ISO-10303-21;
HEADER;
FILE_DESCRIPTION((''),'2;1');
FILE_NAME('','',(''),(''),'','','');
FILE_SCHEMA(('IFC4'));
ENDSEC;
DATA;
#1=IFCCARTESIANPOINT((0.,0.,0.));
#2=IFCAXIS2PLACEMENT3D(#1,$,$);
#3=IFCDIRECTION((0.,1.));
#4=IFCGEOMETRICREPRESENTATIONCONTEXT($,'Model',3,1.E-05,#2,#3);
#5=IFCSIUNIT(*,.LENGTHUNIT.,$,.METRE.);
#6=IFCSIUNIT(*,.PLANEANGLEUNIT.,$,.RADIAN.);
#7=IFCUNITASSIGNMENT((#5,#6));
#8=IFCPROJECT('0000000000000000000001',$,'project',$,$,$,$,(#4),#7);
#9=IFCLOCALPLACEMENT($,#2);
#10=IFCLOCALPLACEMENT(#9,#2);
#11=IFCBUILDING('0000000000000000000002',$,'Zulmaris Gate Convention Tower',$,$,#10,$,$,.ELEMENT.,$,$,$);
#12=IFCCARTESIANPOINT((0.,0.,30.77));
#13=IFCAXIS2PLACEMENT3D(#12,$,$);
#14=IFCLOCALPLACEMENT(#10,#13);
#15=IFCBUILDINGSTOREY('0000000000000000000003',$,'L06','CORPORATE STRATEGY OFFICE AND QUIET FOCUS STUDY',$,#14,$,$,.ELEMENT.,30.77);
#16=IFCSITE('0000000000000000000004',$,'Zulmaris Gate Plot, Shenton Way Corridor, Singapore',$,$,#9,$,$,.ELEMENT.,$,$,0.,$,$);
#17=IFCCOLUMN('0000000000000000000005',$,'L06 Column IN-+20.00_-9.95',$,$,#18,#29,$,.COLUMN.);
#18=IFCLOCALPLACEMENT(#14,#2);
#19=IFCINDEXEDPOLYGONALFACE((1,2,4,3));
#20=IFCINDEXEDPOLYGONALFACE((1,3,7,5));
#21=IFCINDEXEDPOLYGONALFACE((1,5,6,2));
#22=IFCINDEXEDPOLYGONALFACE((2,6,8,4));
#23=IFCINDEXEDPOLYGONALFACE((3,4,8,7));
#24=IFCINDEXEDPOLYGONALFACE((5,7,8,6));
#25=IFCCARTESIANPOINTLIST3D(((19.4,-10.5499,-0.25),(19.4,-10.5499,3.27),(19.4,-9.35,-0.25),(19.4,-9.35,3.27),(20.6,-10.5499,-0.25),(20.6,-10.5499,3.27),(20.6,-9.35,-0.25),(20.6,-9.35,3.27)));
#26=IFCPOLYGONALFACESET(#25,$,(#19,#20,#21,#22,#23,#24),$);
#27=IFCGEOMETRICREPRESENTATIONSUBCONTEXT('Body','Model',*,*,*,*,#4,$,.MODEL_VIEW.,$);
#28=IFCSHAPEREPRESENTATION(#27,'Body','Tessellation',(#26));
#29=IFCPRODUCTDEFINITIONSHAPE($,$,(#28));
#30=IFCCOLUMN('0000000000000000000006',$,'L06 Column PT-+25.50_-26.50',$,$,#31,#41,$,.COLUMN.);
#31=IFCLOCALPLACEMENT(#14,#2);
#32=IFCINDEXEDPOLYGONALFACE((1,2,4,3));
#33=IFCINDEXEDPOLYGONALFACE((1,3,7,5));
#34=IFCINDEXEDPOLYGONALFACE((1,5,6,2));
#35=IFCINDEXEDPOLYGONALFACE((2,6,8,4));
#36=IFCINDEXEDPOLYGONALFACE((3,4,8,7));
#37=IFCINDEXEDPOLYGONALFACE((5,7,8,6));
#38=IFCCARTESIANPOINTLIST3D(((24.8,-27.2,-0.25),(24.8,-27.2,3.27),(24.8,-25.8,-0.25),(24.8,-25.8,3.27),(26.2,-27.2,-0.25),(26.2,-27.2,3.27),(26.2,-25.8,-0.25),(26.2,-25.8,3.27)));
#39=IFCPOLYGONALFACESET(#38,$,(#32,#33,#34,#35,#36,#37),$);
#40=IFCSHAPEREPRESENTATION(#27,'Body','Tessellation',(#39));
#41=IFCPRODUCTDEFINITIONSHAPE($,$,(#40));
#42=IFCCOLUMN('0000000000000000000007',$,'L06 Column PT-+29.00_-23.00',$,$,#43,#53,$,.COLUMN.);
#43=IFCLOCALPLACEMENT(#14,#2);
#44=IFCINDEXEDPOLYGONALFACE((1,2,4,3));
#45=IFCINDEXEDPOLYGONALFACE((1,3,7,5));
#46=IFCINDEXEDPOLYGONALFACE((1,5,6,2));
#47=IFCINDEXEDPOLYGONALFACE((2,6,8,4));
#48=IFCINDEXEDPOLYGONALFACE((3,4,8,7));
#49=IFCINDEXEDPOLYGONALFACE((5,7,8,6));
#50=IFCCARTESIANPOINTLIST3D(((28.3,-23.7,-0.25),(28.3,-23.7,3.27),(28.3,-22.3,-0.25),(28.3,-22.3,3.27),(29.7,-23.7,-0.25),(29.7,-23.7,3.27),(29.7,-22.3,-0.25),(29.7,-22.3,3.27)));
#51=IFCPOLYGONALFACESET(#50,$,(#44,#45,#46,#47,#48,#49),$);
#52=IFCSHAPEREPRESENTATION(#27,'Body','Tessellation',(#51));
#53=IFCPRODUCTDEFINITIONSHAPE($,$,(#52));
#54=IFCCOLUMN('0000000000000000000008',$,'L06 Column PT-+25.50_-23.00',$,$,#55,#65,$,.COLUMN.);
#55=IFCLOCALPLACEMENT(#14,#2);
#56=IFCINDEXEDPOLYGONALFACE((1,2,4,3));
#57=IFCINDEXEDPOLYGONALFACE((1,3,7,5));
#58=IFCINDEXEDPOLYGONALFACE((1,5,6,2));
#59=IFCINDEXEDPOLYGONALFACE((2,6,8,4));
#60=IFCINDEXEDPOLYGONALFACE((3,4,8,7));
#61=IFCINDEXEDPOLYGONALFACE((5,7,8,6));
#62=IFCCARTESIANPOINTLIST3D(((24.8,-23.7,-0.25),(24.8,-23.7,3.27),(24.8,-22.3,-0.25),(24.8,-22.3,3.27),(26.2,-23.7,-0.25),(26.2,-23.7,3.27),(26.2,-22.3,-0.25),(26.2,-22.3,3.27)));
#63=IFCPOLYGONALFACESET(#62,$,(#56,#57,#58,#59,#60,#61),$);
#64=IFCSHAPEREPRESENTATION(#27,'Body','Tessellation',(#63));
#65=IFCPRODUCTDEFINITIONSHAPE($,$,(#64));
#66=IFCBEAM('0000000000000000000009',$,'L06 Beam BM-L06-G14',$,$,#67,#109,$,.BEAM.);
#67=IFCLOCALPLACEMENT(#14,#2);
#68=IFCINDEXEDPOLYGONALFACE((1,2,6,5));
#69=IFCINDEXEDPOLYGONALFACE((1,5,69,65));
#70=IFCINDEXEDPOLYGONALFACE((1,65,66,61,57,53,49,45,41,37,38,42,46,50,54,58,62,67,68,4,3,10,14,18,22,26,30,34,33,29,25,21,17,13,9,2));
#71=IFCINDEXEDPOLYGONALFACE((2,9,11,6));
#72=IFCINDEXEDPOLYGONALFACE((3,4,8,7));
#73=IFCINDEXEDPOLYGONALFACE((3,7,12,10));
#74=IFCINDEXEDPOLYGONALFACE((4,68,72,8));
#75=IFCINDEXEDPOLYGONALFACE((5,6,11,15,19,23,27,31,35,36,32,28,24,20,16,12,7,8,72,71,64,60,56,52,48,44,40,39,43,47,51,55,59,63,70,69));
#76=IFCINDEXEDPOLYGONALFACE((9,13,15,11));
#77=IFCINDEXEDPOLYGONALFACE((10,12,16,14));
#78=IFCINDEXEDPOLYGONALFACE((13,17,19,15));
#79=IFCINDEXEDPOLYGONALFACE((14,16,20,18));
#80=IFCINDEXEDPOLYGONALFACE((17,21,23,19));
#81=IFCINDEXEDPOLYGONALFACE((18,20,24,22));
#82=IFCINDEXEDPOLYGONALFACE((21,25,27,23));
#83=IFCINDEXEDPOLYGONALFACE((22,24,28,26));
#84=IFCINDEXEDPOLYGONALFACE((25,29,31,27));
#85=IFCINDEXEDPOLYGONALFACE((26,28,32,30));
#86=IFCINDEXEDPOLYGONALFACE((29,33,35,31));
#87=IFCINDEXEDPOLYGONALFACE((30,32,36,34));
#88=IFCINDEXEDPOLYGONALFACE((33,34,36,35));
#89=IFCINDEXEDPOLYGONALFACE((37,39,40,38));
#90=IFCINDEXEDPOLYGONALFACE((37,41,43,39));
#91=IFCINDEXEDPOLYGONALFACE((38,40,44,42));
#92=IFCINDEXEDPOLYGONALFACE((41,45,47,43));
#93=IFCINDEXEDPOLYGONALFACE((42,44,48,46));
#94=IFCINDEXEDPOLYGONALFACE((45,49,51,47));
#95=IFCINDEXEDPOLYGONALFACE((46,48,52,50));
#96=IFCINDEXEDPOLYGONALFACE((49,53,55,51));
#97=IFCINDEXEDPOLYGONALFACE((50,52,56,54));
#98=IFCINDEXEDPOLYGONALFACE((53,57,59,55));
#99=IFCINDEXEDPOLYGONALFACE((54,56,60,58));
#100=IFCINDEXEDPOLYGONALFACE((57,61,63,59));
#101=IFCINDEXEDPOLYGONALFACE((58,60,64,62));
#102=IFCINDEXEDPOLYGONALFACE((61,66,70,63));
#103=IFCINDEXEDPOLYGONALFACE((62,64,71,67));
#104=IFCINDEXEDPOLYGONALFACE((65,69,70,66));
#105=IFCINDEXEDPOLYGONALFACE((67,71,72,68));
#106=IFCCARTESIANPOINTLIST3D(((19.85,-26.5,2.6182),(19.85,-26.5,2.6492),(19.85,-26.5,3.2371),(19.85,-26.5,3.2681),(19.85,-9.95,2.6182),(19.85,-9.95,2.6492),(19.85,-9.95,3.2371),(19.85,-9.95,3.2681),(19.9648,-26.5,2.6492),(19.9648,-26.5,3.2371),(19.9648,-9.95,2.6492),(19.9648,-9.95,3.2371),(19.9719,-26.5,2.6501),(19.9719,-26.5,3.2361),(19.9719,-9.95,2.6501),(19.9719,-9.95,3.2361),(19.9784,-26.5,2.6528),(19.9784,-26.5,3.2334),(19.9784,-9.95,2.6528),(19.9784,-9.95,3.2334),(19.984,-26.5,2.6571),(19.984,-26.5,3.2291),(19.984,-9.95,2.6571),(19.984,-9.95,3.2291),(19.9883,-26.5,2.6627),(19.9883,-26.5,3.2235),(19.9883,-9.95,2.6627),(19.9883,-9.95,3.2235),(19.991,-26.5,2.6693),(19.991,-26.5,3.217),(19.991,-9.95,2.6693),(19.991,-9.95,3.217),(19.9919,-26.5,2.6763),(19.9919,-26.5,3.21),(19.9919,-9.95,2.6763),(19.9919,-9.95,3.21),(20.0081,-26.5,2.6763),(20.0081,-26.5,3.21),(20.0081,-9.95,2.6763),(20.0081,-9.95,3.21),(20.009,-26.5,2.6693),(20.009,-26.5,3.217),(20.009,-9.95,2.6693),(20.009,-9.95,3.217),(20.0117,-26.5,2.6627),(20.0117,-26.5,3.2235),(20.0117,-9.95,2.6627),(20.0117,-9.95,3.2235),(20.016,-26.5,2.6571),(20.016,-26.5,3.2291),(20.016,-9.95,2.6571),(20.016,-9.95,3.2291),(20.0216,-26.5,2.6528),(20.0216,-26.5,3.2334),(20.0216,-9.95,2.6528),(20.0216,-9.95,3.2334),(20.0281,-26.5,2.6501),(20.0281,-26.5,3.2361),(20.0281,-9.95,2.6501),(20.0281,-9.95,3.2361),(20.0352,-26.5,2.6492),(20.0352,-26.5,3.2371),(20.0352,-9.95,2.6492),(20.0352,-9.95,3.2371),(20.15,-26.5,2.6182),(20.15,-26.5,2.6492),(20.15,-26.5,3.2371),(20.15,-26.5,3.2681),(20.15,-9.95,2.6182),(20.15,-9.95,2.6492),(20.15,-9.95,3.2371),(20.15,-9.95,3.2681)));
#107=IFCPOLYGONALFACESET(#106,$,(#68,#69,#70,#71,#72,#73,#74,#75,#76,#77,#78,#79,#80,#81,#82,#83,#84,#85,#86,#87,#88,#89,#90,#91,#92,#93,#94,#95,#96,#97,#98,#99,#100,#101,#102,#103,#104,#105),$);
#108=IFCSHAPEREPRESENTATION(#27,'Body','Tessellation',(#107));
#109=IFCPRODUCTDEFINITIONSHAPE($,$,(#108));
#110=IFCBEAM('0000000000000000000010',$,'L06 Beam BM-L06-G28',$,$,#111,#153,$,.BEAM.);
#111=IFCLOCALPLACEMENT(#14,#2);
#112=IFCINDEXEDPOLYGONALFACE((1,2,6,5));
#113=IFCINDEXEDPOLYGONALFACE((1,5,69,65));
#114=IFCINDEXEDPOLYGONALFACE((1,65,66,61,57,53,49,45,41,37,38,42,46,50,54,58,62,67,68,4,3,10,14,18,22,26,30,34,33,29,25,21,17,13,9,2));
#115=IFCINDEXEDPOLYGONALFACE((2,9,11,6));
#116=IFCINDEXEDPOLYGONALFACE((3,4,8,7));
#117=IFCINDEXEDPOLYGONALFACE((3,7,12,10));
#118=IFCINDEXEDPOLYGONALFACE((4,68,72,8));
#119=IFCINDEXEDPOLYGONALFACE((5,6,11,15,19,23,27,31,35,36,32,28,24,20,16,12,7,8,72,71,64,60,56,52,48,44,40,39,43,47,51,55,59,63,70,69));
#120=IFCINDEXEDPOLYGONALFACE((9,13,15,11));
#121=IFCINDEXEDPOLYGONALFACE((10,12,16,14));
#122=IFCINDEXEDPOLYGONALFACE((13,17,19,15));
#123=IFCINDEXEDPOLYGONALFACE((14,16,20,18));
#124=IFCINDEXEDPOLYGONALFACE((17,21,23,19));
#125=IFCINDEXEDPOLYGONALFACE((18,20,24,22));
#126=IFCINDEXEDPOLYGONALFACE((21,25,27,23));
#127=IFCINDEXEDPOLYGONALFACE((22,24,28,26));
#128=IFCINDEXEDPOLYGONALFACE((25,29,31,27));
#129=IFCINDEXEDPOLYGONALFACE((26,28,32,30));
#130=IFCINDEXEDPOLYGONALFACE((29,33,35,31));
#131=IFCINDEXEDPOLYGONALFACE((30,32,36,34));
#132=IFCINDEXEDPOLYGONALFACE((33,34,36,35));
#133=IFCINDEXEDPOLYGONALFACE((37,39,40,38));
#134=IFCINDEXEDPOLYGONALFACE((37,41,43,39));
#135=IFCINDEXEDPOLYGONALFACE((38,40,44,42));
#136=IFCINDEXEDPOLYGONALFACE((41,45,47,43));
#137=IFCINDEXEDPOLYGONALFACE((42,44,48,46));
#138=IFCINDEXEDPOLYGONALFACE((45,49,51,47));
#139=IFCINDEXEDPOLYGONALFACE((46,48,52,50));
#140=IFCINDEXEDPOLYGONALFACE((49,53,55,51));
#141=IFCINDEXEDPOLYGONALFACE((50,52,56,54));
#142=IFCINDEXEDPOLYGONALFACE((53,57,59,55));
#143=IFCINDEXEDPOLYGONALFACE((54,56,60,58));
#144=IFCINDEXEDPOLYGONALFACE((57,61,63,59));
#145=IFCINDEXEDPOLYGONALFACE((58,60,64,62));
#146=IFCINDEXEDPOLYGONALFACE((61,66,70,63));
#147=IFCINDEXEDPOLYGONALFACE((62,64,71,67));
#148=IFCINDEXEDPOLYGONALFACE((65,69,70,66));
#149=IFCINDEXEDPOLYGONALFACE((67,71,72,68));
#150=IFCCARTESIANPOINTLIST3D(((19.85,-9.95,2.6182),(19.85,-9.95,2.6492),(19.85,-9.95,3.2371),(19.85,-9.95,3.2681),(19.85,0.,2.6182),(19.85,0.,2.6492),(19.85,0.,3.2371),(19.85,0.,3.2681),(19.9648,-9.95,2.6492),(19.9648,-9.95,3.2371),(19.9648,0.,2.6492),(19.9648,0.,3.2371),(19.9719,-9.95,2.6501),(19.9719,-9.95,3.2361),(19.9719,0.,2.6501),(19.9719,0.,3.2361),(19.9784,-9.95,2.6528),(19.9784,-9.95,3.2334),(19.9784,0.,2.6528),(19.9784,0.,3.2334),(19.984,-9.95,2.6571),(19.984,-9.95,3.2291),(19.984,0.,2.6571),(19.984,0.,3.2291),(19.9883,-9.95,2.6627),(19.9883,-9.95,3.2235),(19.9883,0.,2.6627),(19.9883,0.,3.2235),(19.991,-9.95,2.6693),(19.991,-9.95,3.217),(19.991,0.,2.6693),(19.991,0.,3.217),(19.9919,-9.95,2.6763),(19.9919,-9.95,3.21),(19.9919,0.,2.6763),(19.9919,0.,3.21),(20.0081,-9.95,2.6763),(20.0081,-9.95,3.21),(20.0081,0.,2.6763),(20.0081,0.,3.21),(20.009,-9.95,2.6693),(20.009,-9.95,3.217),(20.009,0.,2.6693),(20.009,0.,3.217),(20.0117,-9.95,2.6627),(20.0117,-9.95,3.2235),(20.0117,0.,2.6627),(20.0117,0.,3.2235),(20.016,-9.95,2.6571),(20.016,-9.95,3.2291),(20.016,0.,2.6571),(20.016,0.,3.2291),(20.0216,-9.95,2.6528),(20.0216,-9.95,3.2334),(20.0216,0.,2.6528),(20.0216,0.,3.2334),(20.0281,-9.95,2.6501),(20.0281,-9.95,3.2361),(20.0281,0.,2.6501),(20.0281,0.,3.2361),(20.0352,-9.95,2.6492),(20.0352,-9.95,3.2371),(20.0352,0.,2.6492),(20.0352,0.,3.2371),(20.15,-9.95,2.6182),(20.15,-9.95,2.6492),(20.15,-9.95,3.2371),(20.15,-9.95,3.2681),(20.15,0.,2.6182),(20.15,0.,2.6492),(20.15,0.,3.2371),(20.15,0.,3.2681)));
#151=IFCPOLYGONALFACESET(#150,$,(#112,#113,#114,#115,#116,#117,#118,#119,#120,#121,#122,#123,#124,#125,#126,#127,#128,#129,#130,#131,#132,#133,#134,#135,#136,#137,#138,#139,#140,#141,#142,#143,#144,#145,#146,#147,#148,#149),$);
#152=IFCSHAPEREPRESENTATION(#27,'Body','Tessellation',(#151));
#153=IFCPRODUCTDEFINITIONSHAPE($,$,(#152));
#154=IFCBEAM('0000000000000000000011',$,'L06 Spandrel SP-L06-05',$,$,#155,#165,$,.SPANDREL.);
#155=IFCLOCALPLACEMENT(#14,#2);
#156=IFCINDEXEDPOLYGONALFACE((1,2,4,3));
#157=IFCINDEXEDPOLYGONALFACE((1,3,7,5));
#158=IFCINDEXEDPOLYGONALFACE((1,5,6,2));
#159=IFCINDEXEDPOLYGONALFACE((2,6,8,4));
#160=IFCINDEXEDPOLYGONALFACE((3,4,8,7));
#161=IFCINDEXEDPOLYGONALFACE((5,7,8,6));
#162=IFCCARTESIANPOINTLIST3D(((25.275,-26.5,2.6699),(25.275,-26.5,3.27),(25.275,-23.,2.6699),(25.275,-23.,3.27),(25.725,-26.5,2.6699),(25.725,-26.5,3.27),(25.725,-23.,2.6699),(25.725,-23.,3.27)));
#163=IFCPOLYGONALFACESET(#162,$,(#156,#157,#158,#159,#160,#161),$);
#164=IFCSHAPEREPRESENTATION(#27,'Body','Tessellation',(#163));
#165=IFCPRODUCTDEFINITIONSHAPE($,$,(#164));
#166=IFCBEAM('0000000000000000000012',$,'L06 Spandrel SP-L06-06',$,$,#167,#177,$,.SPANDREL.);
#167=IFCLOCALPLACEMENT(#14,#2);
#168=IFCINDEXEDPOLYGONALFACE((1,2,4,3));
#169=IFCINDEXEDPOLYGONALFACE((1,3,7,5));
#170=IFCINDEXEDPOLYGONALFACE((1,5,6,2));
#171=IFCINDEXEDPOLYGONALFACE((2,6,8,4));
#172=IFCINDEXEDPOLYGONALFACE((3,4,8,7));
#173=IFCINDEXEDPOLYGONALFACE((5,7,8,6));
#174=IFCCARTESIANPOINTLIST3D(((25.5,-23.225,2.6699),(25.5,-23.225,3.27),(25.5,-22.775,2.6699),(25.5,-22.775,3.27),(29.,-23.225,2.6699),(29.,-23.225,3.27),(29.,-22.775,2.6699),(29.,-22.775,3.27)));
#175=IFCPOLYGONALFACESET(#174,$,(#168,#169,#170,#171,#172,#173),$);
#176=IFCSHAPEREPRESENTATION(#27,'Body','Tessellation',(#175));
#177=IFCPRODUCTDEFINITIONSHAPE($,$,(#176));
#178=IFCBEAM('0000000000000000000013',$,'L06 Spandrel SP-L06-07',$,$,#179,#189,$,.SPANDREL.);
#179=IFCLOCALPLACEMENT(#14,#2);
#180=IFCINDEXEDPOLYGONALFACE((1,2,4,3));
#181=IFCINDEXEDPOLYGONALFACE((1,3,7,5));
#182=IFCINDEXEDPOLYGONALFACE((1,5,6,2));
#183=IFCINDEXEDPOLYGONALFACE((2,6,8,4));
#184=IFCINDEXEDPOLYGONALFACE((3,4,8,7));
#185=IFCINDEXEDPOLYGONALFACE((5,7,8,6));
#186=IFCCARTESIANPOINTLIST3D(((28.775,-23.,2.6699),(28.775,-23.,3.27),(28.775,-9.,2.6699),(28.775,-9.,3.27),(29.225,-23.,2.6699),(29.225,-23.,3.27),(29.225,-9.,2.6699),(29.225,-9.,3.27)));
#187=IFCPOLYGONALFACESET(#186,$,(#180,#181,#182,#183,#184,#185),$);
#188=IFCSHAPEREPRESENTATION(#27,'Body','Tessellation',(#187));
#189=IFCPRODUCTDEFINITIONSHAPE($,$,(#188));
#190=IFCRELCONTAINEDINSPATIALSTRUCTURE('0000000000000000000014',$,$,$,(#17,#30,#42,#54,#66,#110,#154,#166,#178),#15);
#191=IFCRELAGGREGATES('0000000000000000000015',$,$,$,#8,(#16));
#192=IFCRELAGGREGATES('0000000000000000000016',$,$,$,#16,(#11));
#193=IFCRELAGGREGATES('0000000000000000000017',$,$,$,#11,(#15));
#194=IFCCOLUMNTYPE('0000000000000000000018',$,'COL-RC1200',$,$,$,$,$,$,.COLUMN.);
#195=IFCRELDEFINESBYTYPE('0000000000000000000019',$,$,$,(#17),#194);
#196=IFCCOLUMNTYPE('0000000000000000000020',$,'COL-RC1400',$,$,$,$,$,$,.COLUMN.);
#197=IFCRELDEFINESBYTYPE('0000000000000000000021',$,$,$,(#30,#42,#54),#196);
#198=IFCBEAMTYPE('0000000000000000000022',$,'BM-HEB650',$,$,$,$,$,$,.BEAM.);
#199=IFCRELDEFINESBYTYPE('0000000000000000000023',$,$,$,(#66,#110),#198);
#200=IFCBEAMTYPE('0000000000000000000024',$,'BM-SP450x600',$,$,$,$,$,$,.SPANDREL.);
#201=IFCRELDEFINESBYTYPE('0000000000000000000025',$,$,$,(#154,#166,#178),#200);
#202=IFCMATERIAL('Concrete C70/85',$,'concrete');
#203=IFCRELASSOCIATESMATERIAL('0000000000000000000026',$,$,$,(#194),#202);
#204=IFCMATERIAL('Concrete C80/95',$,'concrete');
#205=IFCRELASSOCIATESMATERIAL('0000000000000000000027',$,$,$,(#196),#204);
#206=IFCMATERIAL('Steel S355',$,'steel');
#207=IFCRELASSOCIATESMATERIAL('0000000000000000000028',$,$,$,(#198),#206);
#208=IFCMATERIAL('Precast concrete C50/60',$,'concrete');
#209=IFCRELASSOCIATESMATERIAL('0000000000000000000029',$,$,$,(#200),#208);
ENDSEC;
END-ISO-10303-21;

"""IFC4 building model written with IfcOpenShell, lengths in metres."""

from ifc_helpers import new_model, si_unit, direction, frame, origin, origin_2d, place, context, subcontext, project, spatial, rectangle, i_section, extrude, material, material_profile, profile_set, type_object, element, save


model = new_model("IFC4")

# Units and contexts
model_context = context("Model", 3, precision=1e-05, world=origin(), true_north=direction((0.0, 1.0)))
body_context = subcontext(model_context, "Body", "Model", "MODEL_VIEW")
ifc_project = project(units=[si_unit("LENGTHUNIT", "METRE"), si_unit("PLANEANGLEUNIT", "RADIAN")], contexts=[model_context])

# Site, building, storey
site_placement = place(None, origin())
site = spatial("IfcSite", under=ifc_project, at=site_placement, Name="Zulmaris Gate Plot, Shenton Way Corridor, Singapore", CompositionType="ELEMENT", RefElevation=0.0)
building_placement = place(site_placement, origin())
building = spatial("IfcBuilding", under=site, at=building_placement, Name="Zulmaris Gate Convention Tower", CompositionType="ELEMENT")
storey_placement = place(building_placement, frame((0.0, 0.0, 30.77)))
storey = spatial("IfcBuildingStorey", under=building, at=storey_placement, Name="L06", Description="CORPORATE STRATEGY OFFICE AND QUIET FOCUS STUDY", CompositionType="ELEMENT", Elevation=30.77)

# Columns
ifc_material_1 = material(Name="Concrete C70/85", Category="concrete")
ifc_material_profile_1 = material_profile(ifc_material_1, rectangle(XDim=1.2, YDim=1.2, at=origin_2d()), Name="RC COL 1200x1200")
ifc_profile_set_1 = profile_set([ifc_material_profile_1], Name="Concrete C70/85")
column_type_1 = type_object("IfcColumnType", Name="COL-RC1200", PredefinedType="COLUMN", material=ifc_profile_set_1)
column_placement = place(storey_placement, frame((20.0, -9.95, -0.25), z_axis=(0.0, 0.0, 1.0), x_axis=(1.0, 0.0, 0.0)))
element("IfcColumn", 1, at=column_placement, inside=storey, type_object=column_type_1, Name="L06 Column IN-+20.00_-9.95", PredefinedType="COLUMN", context=body_context, shape_type="SweptSolid", body=[
    extrude(rectangle(XDim=1.2, YDim=1.2, at=origin_2d()), origin(), (0.0, 0.0, 1.0), 3.52),
])
ifc_material_2 = material(Name="Concrete C80/95", Category="concrete")
ifc_material_profile_2 = material_profile(ifc_material_2, rectangle(XDim=1.3999, YDim=1.3999, at=origin_2d()), Name="RC COL 1400x1400")
ifc_profile_set_2 = profile_set([ifc_material_profile_2], Name="Concrete C80/95")
column_type_2 = type_object("IfcColumnType", Name="COL-RC1400", PredefinedType="COLUMN", material=ifc_profile_set_2)
for number, where, z_axis, x_axis, name in (
    (2, (25.5, -26.5, -0.25), (0.0, 0.0, 1.0), (1.0, 0.0, 0.0), "L06 Column PT-+25.50_-26.50"),
    (3, (29.0, -23.0, -0.25), (0.0, 0.0, 1.0), (1.0, 0.0, 0.0), "L06 Column PT-+29.00_-23.00"),
    (4, (25.5, -23.0, -0.25), (0.0, 0.0, 1.0), (1.0, 0.0, 0.0), "L06 Column PT-+25.50_-23.00"),
):
    element("IfcColumn", number, at=place(storey_placement, frame(where, z_axis=z_axis, x_axis=x_axis)), inside=storey, type_object=column_type_2, Name=name, PredefinedType="COLUMN", context=body_context, shape_type="SweptSolid", body=[
        extrude(rectangle(XDim=1.3999, YDim=1.3999, at=origin_2d()), origin(), (0.0, 0.0, 1.0), 3.52),
    ])

# Beams
ifc_material_3 = material(Name="Steel S355", Category="steel")
ifc_material_profile_3 = material_profile(ifc_material_3, i_section(OverallWidth=0.3, OverallDepth=0.6499, WebThickness=0.0161, FlangeThickness=0.031, FilletRadius=0.0271, at=origin_2d()), Name="HEB 650")
ifc_profile_set_3 = profile_set([ifc_material_profile_3], Name="Steel S355")
beam_type_1 = type_object("IfcBeamType", Name="BM-HEB650", PredefinedType="BEAM", material=ifc_profile_set_3)
beam_1_placement = place(storey_placement, frame((20.0, -26.5, 2.9431), z_axis=(0.0, 1.0, 0.0), x_axis=(-1.0, 0.0, 0.0)))
element("IfcBeam", 5, at=beam_1_placement, inside=storey, type_object=beam_type_1, Name="L06 Beam BM-L06-G14", PredefinedType="BEAM", context=body_context, shape_type="SweptSolid", body=[
    extrude(i_section(OverallWidth=0.3, OverallDepth=0.6499, WebThickness=0.0161, FlangeThickness=0.031, FilletRadius=0.0271, at=origin_2d()), origin(), (0.0, 0.0, 1.0), 16.55),
])
beam_2_placement = place(storey_placement, frame((20.0, -9.95, 2.9431), z_axis=(0.0, 1.0, 0.0), x_axis=(-1.0, 0.0, 0.0)))
element("IfcBeam", 6, at=beam_2_placement, inside=storey, type_object=beam_type_1, Name="L06 Beam BM-L06-G28", PredefinedType="BEAM", context=body_context, shape_type="SweptSolid", body=[
    extrude(i_section(OverallWidth=0.3, OverallDepth=0.6499, WebThickness=0.0161, FlangeThickness=0.031, FilletRadius=0.0271, at=origin_2d()), origin(), (0.0, 0.0, 1.0), 9.95),
])
ifc_material_4 = material(Name="Precast concrete C50/60", Category="concrete")
ifc_material_profile_4 = material_profile(ifc_material_4, rectangle(XDim=0.45, YDim=0.6001, at=origin_2d()), Name="RC SPANDREL 450x600")
ifc_profile_set_4 = profile_set([ifc_material_profile_4], Name="Precast concrete C50/60")
beam_type_2 = type_object("IfcBeamType", Name="BM-SP450x600", PredefinedType="SPANDREL", material=ifc_profile_set_4)
for number, where, z_axis, x_axis, name in (
    (7, (25.5, -26.5, 2.97), (0.0, 1.0, 0.0), (-1.0, 0.0, 0.0), "L06 Spandrel SP-L06-05"),
    (8, (25.5, -23.0, 2.97), (1.0, 0.0, 0.0), (0.0, 1.0, 0.0), "L06 Spandrel SP-L06-06"),
):
    element("IfcBeam", number, at=place(storey_placement, frame(where, z_axis=z_axis, x_axis=x_axis)), inside=storey, type_object=beam_type_2, Name=name, PredefinedType="SPANDREL", context=body_context, shape_type="SweptSolid", body=[
        extrude(rectangle(XDim=0.45, YDim=0.6001, at=origin_2d()), origin(), (0.0, 0.0, 1.0), 3.5),
    ])
beam_3_placement = place(storey_placement, frame((29.0, -23.0, 2.97), z_axis=(0.0, 1.0, 0.0), x_axis=(-1.0, 0.0, 0.0)))
element("IfcBeam", 9, at=beam_3_placement, inside=storey, type_object=beam_type_2, Name="L06 Spandrel SP-L06-07", PredefinedType="SPANDREL", context=body_context, shape_type="SweptSolid", body=[
    extrude(rectangle(XDim=0.45, YDim=0.6001, at=origin_2d()), origin(), (0.0, 0.0, 1.0), 14.0),
])

save(model, "model.ifc")
